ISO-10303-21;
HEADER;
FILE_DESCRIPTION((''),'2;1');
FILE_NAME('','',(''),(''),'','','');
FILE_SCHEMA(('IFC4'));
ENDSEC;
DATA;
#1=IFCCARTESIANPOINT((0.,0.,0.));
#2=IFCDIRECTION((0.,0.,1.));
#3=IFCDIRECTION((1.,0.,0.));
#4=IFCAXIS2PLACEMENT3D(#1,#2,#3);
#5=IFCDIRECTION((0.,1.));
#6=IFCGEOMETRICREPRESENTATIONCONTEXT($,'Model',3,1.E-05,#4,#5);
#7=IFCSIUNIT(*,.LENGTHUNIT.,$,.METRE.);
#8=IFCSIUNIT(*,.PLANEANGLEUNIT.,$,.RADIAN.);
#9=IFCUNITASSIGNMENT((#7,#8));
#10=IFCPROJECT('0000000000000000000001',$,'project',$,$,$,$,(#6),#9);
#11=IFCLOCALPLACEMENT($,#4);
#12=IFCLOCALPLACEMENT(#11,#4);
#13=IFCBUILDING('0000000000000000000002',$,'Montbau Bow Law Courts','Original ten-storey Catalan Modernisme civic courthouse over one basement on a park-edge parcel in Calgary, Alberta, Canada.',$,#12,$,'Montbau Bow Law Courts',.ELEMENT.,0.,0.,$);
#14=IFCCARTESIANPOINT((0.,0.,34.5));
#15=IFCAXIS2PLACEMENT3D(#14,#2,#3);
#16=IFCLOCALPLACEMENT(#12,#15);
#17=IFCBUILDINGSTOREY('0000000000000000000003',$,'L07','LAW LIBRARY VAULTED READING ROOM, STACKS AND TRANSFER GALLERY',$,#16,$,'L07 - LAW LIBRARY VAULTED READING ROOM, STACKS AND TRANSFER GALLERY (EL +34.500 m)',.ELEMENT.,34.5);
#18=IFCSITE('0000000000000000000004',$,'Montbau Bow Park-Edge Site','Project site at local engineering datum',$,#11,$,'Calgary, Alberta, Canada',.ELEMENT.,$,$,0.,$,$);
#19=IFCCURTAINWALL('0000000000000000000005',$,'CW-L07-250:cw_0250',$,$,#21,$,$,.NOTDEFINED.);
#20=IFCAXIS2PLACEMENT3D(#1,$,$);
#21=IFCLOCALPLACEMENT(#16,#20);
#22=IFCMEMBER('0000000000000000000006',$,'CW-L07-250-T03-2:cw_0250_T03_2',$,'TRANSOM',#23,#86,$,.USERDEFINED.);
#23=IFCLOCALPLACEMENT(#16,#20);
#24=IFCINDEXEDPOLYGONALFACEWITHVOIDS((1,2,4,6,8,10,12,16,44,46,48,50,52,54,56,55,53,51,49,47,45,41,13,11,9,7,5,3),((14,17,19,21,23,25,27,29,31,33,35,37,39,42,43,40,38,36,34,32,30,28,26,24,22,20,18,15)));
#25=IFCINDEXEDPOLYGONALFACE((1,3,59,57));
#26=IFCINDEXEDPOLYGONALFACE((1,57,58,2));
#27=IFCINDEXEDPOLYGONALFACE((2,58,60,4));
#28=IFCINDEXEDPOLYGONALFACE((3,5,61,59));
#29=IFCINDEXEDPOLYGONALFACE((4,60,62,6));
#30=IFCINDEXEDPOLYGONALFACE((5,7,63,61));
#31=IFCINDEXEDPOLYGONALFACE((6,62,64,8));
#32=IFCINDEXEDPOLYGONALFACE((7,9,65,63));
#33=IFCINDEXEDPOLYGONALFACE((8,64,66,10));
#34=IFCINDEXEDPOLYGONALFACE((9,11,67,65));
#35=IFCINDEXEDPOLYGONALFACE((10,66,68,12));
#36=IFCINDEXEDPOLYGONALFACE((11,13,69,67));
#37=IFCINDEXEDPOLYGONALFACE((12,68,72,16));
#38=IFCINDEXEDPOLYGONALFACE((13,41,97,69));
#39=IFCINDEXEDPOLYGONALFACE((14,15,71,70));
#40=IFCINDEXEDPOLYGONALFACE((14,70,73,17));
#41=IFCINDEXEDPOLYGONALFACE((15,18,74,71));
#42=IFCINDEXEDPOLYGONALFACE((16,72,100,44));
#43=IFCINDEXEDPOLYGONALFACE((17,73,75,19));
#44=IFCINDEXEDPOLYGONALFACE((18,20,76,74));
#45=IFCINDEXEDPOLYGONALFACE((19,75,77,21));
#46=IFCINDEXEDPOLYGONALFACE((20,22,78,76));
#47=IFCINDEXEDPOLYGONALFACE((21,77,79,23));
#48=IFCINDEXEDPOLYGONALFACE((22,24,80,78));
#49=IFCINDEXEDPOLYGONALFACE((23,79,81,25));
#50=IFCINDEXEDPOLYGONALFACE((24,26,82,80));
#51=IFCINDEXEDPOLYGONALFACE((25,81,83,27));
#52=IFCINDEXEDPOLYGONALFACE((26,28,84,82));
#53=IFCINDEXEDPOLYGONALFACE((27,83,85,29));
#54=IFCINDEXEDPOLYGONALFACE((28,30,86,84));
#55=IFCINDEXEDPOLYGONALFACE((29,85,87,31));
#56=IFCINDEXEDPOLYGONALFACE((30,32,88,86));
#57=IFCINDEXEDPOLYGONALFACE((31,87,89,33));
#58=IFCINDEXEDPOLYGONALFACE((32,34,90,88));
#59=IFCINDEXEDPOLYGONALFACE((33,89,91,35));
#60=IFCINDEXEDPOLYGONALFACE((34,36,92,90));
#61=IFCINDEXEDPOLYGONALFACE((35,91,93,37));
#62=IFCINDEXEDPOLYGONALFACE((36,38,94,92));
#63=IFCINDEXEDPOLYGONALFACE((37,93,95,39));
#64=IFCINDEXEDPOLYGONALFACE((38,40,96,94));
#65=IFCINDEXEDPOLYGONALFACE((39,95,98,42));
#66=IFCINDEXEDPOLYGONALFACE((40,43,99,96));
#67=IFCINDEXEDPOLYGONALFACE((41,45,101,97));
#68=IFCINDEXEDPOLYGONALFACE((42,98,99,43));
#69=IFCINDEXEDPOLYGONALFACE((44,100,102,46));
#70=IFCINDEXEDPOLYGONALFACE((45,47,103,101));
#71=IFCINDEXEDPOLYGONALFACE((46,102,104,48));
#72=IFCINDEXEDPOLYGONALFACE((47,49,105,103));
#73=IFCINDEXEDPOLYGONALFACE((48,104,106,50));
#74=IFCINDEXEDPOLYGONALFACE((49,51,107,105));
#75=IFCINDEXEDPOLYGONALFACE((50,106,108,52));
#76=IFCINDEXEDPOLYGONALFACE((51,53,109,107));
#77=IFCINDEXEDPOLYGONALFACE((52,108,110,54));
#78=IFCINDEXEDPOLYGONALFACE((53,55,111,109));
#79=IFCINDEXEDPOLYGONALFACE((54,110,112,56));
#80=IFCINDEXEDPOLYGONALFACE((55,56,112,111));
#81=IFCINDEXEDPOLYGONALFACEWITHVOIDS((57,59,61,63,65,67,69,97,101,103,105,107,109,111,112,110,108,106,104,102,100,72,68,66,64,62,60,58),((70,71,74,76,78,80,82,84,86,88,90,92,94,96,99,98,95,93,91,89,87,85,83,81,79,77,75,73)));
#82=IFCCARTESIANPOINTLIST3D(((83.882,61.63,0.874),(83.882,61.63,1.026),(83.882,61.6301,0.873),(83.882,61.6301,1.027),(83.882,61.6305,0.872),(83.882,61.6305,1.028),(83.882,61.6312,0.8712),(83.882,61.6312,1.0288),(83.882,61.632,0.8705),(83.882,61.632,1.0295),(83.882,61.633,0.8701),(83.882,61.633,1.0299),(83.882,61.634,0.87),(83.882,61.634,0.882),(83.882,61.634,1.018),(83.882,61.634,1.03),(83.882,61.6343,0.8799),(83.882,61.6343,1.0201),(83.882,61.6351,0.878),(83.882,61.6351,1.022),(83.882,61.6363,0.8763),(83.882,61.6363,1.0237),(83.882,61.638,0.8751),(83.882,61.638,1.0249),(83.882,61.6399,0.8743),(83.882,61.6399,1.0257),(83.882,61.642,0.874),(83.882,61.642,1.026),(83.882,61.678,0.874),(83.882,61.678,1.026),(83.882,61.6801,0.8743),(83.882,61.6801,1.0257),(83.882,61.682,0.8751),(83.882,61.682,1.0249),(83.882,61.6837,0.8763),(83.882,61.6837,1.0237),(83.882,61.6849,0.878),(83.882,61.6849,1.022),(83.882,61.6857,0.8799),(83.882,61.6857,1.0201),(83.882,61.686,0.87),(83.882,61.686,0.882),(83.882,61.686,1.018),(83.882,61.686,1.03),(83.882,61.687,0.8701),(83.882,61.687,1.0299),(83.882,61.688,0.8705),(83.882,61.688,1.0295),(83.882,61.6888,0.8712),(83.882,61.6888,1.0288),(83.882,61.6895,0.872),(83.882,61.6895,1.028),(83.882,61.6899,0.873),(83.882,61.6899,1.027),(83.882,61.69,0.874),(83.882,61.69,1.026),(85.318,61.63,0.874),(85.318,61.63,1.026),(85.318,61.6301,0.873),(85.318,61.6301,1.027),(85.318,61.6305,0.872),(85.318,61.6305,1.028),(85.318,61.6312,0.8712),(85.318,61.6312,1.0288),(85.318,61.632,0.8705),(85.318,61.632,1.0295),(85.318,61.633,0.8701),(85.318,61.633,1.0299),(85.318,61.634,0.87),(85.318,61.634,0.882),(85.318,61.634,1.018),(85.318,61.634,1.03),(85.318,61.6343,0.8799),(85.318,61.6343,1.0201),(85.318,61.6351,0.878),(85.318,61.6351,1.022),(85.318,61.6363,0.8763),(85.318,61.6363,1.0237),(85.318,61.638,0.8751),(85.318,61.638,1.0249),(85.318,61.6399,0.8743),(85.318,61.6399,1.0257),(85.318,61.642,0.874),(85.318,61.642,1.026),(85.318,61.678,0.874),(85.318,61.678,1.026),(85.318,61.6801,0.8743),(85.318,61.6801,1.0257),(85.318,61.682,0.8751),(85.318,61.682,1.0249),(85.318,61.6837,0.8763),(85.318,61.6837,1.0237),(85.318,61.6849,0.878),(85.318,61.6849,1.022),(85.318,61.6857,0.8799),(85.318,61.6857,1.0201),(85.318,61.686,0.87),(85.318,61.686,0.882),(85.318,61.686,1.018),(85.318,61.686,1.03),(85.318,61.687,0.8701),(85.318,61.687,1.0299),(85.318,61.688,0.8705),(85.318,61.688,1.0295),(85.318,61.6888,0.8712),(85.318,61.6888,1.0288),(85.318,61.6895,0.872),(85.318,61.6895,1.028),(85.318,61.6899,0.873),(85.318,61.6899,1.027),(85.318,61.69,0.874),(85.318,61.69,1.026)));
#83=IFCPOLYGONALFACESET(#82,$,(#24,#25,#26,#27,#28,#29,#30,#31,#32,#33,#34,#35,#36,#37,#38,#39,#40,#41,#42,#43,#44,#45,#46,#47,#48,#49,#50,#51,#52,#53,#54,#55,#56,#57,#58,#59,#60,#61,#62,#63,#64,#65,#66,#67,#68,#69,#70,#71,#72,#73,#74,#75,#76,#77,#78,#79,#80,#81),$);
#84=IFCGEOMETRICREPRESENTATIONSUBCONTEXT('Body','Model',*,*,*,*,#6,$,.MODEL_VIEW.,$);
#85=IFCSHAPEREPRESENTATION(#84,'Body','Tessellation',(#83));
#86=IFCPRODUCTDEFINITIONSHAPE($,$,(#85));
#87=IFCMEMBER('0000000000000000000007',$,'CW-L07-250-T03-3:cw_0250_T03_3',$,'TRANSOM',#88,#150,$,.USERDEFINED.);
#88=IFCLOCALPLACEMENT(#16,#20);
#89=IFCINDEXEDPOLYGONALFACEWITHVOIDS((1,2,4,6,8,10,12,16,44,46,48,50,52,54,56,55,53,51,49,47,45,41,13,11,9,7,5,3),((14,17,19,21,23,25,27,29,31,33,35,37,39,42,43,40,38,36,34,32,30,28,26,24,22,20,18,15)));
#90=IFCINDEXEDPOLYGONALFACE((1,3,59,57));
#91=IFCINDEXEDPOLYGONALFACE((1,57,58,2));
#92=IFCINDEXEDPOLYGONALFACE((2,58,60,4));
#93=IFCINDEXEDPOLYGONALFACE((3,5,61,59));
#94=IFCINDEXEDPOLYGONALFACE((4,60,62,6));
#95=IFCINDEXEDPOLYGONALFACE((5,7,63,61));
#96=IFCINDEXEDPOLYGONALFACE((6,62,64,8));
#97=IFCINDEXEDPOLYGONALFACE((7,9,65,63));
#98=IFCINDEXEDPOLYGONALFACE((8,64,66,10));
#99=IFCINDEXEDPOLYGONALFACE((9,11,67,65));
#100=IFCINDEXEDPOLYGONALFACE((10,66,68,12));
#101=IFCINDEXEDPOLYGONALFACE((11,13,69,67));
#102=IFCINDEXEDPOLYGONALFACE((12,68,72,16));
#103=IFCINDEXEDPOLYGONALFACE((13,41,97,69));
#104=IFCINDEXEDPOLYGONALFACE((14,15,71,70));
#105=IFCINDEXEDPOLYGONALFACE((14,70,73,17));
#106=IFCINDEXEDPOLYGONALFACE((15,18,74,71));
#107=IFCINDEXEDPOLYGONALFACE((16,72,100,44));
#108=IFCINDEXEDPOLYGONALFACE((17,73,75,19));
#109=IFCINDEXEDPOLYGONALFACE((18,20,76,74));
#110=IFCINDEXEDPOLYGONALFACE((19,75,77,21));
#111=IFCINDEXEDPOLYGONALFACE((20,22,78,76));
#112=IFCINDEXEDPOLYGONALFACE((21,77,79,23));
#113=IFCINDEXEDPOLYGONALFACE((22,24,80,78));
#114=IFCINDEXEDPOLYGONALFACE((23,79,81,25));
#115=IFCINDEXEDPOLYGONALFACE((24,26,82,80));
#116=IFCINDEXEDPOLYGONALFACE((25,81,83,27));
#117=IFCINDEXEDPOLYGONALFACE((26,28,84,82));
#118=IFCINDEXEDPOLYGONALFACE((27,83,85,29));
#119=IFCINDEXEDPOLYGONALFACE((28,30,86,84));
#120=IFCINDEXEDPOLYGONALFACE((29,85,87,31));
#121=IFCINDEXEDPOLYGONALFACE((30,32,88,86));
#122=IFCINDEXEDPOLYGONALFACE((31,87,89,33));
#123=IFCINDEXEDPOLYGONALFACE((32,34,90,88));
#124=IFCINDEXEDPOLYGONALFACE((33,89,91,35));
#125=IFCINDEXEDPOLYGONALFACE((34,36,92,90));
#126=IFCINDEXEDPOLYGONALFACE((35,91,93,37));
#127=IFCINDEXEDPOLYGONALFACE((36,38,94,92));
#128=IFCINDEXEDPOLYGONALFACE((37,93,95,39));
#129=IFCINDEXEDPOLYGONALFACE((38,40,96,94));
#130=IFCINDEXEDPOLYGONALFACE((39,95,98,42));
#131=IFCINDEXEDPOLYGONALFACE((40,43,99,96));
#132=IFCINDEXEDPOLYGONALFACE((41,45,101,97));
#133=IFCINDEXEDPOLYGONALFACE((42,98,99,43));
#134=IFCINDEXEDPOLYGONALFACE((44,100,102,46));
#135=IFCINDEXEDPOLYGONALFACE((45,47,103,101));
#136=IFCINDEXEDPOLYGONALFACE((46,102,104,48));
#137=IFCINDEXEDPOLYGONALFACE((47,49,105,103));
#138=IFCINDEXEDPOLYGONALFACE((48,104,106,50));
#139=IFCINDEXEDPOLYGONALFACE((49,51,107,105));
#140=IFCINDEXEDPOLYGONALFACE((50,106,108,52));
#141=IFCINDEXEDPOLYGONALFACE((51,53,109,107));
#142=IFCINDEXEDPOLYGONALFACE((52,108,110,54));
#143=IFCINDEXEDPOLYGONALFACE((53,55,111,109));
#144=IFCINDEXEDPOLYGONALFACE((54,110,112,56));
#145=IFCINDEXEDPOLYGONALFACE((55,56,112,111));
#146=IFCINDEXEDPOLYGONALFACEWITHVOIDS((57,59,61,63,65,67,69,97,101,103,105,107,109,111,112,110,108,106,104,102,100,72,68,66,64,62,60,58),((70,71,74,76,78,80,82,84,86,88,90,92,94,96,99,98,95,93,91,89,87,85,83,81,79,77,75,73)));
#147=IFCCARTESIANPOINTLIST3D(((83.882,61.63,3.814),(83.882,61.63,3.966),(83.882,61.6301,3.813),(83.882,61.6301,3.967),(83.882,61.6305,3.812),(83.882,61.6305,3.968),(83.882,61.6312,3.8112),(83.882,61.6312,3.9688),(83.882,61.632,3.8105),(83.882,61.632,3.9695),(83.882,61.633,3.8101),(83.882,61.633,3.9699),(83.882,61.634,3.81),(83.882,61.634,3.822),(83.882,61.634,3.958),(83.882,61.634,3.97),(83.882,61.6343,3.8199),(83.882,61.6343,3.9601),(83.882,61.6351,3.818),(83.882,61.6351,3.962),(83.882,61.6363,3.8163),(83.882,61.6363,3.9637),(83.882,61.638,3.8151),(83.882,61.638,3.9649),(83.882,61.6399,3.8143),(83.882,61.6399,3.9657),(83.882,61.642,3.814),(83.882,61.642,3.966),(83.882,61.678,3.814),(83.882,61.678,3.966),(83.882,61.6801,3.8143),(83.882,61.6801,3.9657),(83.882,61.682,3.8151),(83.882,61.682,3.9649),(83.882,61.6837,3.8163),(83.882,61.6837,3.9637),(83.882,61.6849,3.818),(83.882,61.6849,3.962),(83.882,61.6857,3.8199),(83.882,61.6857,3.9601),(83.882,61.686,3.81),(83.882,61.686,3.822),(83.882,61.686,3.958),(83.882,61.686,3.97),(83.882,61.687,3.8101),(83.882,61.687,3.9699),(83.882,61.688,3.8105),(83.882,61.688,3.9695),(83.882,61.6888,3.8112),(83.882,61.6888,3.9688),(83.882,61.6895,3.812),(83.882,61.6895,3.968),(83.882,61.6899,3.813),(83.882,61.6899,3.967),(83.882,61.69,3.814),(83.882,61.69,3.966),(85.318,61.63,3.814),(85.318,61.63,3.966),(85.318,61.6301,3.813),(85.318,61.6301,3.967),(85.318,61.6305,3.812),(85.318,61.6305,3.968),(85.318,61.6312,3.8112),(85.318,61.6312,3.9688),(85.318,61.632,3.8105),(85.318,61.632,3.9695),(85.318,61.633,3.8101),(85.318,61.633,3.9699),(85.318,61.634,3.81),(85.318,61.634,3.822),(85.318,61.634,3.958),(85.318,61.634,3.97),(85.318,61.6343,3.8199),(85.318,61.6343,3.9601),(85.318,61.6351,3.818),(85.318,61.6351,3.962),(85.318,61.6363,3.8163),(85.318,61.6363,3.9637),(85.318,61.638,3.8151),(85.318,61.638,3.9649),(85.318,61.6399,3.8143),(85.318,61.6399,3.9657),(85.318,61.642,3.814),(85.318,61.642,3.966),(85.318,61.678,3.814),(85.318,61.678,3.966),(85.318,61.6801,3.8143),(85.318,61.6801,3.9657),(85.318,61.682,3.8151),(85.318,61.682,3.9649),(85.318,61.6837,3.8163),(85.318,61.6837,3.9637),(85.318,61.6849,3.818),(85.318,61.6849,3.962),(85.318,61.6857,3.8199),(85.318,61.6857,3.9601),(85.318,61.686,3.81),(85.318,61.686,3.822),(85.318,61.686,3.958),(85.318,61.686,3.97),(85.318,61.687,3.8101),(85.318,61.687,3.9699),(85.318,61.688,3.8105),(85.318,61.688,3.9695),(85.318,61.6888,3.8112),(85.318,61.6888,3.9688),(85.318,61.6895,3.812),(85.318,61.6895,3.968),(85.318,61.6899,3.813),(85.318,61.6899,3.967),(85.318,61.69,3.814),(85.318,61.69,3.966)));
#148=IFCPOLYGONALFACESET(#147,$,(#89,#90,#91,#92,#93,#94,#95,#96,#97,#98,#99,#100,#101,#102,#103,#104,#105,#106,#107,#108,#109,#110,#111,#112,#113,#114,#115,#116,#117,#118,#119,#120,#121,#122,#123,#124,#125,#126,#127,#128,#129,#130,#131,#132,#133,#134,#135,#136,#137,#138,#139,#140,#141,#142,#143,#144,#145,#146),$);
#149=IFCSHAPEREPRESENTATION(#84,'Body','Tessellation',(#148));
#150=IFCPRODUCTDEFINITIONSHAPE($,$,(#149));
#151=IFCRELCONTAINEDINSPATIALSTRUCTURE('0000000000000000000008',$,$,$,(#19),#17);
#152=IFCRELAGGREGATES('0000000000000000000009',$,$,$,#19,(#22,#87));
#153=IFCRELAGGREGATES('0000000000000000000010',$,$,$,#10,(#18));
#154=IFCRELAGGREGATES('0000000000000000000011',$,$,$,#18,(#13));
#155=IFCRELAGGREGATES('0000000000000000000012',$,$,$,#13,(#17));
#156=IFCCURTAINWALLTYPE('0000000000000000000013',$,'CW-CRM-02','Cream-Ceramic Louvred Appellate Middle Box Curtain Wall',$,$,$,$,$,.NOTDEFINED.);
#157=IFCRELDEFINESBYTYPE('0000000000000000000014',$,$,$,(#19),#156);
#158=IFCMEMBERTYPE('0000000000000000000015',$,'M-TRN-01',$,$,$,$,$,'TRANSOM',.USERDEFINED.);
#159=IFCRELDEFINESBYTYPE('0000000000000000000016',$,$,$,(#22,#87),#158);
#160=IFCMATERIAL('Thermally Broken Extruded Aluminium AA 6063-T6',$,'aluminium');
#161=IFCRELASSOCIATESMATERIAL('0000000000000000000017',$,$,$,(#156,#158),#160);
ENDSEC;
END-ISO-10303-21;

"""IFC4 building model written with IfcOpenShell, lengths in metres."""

from ifc_helpers import new_model, si_unit, direction, frame, origin_with_axes, origin_2d_with_axis, place, context, subcontext, project, spatial, hollow_rectangle, extrude, material, material_profile, profile_set, type_object, element, aggregate, save


model = new_model("IFC4")

# Units and contexts
model_context = context("Model", 3, precision=1e-05, world=origin_with_axes(), true_north=direction((0.0, 1.0)))
body_context = subcontext(model_context, "Body", "Model", "MODEL_VIEW")
ifc_project = project(units=[si_unit("LENGTHUNIT", "METRE"), si_unit("PLANEANGLEUNIT", "RADIAN")], contexts=[model_context])

# Site, building, storey
site_placement = place(None, origin_with_axes())
site = spatial("IfcSite", under=ifc_project, at=site_placement, Name="Montbau Bow Park-Edge Site", Description="Project site at local engineering datum", LongName="Calgary, Alberta, Canada", CompositionType="ELEMENT", RefElevation=0.0)
building_placement = place(site_placement, origin_with_axes())
building = spatial("IfcBuilding", under=site, at=building_placement, Name="Montbau Bow Law Courts", Description="Original ten-storey Catalan Modernisme civic courthouse over one basement on a park-edge parcel in Calgary, Alberta, Canada.", LongName="Montbau Bow Law Courts", CompositionType="ELEMENT", ElevationOfRefHeight=0.0, ElevationOfTerrain=0.0)
storey_placement = place(building_placement, frame((0.0, 0.0, 34.5), z_axis=(0.0, 0.0, 1.0), x_axis=(1.0, 0.0, 0.0)))
storey = spatial("IfcBuildingStorey", under=building, at=storey_placement, Name="L07", Description="LAW LIBRARY VAULTED READING ROOM, STACKS AND TRANSFER GALLERY", LongName="L07 - LAW LIBRARY VAULTED READING ROOM, STACKS AND TRANSFER GALLERY (EL +34.500 m)", CompositionType="ELEMENT", Elevation=34.5)

# Curtain wall
ifc_material_1 = material(Name="Thermally Broken Extruded Aluminium AA 6063-T6", Category="aluminium")
curtain_wall_type = type_object("IfcCurtainWallType", Name="CW-CRM-02", Description="Cream-Ceramic Louvred Appellate Middle Box Curtain Wall", PredefinedType="NOTDEFINED", material=ifc_material_1)
curtain_wall_1_placement = place(None, frame((80.84, 61.66, 34.5), z_axis=(0.0, 0.0, 1.0), x_axis=(1.0, 0.0, 0.0)))
curtain_wall_1 = element("IfcCurtainWall", 1, at=curtain_wall_1_placement, inside=storey, type_object=curtain_wall_type, Name="CW-L07-250:cw_0250", PredefinedType="NOTDEFINED")

# Members
ifc_material_profile_1 = material_profile(ifc_material_1, hollow_rectangle(XDim=0.06, YDim=0.16, WallThickness=0.004, InnerFilletRadius=0.008, OuterFilletRadius=0.004, at=origin_2d_with_axis()), Name="CWT-160X60", Category="Main", Priority=0)
ifc_profile_set_1 = profile_set([ifc_material_profile_1], Name="Thermally Broken Extruded Aluminium AA 6063-T6")
member_type_1 = type_object("IfcMemberType", Name="M-TRN-01", ElementType="TRANSOM", PredefinedType="USERDEFINED", material=ifc_profile_set_1)
member_1_placement = place(None, frame((83.882, 61.66, 35.45), z_axis=(1.0, 0.0, 0.0), x_axis=(0.0, 1.0, 0.0)))
member_1 = element("IfcMember", 2, at=member_1_placement, type_object=member_type_1, Name="CW-L07-250-T03-2:cw_0250_T03_2", ObjectType="TRANSOM", PredefinedType="USERDEFINED", context=body_context, shape_type="SweptSolid", body=[
    extrude(hollow_rectangle(XDim=0.06, YDim=0.16, WallThickness=0.004, InnerFilletRadius=0.008, OuterFilletRadius=0.004, at=origin_2d_with_axis()), origin_with_axes(), (0.0, 0.0, 1.0), 1.436),
])
member_2_placement = place(None, frame((83.882, 61.66, 38.39), z_axis=(1.0, 0.0, 0.0), x_axis=(0.0, 1.0, 0.0)))
member_2 = element("IfcMember", 3, at=member_2_placement, type_object=member_type_1, Name="CW-L07-250-T03-3:cw_0250_T03_3", ObjectType="TRANSOM", PredefinedType="USERDEFINED", context=body_context, shape_type="SweptSolid", body=[
    extrude(hollow_rectangle(XDim=0.06, YDim=0.16, WallThickness=0.004, InnerFilletRadius=0.008, OuterFilletRadius=0.004, at=origin_2d_with_axis()), origin_with_axes(), (0.0, 0.0, 1.0), 1.436),
])

aggregate(curtain_wall_1, [member_1, member_2])

save(model, "model.ifc")
